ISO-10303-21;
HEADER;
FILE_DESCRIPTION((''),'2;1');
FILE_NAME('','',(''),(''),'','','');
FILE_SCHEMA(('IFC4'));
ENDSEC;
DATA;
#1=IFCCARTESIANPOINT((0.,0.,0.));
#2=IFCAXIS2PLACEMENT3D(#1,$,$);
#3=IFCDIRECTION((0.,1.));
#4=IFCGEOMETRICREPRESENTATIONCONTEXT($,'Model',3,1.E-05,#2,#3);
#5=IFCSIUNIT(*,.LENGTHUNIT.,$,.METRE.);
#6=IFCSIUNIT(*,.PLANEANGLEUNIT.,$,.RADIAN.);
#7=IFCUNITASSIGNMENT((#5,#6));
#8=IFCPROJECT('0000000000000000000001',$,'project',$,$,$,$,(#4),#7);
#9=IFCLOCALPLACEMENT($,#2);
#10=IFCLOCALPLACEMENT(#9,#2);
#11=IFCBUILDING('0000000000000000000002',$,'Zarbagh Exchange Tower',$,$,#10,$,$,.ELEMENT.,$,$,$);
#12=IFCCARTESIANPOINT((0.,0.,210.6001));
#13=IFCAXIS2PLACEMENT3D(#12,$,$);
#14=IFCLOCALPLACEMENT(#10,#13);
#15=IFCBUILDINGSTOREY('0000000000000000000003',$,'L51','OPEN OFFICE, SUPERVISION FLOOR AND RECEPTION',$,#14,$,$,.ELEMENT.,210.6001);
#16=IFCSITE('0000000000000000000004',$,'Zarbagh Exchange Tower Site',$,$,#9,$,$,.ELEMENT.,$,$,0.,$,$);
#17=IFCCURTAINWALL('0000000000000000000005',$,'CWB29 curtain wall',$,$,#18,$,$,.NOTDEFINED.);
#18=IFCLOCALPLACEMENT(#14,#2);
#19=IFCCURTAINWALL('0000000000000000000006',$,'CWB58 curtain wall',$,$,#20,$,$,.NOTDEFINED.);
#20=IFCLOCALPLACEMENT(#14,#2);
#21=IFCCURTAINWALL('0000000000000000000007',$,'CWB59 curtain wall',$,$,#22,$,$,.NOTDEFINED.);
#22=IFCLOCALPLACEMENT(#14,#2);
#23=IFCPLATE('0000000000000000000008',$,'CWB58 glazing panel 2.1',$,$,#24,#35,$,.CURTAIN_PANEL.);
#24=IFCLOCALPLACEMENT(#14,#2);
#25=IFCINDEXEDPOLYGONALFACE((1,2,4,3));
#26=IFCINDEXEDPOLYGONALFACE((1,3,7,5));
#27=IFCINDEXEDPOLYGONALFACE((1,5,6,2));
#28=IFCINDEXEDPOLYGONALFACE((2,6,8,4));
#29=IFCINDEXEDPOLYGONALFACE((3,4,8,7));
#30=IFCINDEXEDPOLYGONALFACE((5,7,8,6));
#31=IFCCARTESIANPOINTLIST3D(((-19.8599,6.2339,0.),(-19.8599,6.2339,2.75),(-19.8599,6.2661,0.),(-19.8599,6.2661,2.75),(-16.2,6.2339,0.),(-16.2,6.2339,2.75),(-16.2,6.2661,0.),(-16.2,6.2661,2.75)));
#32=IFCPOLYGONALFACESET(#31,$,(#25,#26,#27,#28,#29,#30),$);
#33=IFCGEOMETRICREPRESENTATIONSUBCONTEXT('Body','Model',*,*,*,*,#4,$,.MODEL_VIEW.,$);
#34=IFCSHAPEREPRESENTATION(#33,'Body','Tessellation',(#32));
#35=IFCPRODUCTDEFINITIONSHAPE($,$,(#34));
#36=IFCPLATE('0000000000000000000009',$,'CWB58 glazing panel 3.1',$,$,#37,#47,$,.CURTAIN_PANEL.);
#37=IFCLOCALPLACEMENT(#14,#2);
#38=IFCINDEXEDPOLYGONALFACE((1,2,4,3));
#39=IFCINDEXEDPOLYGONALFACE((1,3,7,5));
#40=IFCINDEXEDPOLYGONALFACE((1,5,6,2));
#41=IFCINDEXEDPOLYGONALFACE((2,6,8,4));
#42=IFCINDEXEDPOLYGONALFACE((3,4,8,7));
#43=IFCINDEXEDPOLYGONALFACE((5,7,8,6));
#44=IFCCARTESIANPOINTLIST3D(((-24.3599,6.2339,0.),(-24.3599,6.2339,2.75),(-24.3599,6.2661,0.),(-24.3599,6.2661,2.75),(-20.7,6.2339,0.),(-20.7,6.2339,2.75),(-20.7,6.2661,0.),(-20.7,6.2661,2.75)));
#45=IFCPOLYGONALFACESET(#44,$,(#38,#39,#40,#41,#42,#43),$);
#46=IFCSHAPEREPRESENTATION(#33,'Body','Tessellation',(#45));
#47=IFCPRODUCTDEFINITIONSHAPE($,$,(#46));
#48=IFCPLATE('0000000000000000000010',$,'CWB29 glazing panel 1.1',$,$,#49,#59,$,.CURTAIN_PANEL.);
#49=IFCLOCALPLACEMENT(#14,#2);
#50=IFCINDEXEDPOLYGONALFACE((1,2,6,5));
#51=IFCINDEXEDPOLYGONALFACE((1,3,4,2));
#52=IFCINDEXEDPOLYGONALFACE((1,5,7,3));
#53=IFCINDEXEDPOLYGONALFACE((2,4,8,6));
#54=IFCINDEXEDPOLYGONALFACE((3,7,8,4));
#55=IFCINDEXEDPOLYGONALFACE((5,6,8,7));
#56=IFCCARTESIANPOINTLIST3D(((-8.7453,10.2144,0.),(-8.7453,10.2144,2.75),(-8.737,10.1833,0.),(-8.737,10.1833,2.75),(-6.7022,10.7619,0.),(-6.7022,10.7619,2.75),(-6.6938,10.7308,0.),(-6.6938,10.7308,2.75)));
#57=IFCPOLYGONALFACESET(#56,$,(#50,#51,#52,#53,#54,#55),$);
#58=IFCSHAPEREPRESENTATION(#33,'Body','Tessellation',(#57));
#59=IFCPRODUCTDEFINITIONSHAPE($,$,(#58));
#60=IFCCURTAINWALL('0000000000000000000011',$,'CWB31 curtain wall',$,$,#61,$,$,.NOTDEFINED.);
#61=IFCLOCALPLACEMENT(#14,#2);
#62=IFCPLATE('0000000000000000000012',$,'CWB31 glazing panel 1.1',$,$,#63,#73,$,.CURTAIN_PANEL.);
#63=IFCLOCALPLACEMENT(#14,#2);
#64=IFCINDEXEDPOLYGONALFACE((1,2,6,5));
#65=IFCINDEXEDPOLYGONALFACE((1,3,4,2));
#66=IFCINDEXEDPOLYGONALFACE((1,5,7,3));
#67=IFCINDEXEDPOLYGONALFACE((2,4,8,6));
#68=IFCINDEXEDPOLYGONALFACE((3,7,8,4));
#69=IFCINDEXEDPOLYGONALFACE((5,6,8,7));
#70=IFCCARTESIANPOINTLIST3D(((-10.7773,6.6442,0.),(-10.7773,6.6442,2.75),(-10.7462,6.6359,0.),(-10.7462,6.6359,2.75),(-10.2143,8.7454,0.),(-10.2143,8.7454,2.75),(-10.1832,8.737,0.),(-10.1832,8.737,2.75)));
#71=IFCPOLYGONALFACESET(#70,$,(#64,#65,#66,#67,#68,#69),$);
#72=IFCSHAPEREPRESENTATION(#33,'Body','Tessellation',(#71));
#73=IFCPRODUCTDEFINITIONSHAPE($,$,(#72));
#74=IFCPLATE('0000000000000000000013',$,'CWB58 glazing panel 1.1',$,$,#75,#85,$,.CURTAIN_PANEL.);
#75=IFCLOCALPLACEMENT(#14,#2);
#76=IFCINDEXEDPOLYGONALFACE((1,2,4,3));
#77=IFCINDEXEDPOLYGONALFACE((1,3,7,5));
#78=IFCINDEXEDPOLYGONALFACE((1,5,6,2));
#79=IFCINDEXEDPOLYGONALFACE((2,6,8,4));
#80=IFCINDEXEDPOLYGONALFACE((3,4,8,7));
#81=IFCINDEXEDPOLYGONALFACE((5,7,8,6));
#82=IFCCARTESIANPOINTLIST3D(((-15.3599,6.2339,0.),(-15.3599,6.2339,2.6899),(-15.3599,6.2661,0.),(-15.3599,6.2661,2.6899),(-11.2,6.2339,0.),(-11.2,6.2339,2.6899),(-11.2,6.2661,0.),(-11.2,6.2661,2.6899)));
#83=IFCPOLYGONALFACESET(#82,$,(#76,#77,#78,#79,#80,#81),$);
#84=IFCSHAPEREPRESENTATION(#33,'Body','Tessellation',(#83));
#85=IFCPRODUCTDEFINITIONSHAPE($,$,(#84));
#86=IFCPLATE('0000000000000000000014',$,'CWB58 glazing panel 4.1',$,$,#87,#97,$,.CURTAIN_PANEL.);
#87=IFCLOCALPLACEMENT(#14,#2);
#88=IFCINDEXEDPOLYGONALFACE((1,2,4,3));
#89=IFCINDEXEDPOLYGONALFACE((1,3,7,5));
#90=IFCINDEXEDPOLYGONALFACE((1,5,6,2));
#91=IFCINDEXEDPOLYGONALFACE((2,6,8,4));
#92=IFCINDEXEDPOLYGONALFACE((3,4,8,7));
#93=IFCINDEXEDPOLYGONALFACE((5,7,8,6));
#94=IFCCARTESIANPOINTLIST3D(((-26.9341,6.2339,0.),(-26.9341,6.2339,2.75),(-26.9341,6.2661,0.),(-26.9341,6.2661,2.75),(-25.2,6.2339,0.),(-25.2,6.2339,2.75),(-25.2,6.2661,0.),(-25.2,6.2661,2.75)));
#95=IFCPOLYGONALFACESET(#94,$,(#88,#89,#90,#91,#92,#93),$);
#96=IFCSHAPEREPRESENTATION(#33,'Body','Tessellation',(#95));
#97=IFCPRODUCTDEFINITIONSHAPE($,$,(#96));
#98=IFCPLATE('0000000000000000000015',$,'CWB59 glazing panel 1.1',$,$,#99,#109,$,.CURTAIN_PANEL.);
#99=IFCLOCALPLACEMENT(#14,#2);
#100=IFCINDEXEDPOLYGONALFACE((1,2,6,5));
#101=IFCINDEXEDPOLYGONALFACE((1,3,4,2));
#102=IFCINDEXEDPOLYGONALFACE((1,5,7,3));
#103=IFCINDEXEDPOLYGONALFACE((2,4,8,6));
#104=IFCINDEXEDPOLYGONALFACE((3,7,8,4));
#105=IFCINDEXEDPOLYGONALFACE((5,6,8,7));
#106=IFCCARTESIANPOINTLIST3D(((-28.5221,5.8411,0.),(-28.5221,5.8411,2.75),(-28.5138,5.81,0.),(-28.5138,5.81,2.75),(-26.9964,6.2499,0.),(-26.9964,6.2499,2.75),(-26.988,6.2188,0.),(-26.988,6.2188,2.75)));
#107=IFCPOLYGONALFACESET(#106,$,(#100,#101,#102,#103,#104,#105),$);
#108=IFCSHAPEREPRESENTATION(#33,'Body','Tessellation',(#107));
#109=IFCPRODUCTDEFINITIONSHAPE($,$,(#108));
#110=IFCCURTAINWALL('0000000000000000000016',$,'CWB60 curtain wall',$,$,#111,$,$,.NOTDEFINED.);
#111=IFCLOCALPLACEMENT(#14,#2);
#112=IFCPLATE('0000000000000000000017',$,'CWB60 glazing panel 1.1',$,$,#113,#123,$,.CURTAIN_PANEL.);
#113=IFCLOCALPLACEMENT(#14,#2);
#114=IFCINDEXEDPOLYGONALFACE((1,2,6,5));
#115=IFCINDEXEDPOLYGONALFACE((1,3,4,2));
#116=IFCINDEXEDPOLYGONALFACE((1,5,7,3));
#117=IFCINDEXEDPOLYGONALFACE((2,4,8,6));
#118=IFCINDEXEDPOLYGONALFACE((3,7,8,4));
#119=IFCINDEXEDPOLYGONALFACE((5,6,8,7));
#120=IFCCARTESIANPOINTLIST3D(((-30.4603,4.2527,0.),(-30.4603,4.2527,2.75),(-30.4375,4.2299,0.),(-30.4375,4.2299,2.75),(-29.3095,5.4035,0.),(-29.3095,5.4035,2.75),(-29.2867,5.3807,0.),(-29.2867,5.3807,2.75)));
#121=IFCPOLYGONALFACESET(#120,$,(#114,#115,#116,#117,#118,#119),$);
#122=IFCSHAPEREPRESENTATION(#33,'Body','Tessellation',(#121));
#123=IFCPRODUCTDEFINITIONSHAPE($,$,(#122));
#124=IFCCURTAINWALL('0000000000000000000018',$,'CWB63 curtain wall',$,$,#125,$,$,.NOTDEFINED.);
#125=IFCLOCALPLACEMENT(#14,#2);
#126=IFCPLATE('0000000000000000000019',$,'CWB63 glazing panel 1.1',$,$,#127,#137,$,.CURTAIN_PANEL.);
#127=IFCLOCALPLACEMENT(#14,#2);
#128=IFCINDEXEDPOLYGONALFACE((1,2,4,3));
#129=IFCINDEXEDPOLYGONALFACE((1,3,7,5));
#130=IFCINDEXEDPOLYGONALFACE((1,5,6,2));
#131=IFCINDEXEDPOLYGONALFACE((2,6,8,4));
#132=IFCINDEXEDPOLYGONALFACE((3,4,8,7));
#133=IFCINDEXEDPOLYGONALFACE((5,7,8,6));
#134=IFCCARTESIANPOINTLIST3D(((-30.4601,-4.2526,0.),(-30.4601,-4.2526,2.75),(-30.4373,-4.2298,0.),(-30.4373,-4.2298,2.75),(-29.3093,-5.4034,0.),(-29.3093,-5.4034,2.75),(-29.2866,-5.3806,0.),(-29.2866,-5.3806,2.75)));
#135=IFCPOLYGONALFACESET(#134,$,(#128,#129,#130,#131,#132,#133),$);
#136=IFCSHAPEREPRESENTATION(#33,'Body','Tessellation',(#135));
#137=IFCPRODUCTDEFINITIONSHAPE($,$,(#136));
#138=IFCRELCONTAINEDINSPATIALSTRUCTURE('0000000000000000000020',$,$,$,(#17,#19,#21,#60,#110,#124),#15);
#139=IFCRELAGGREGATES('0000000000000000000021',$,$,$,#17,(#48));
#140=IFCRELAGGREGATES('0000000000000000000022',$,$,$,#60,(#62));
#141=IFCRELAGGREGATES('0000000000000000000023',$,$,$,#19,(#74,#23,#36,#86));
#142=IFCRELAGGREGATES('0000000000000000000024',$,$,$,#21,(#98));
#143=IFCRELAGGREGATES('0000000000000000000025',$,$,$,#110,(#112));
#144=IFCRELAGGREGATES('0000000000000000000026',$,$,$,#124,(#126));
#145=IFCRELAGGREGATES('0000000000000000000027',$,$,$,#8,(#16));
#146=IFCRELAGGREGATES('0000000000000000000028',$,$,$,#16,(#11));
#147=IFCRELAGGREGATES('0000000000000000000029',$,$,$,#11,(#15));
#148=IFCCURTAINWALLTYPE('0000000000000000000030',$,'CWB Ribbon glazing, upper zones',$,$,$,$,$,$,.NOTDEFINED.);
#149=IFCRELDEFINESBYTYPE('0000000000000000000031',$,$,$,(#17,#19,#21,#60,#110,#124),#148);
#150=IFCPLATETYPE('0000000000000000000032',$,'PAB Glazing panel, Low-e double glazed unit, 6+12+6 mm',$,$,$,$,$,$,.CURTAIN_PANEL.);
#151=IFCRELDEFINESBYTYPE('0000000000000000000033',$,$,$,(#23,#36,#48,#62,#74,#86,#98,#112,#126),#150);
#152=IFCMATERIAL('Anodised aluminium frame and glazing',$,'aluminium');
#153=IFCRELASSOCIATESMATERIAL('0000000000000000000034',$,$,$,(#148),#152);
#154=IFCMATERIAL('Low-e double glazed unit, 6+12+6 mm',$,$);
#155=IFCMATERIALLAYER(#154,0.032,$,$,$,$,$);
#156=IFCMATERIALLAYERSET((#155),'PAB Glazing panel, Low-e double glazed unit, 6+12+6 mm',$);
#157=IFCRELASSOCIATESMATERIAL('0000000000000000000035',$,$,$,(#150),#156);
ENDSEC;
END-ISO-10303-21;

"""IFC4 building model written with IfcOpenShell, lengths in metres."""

from ifc_helpers import new_model, si_unit, direction, frame, origin, place, context, subcontext, project, spatial, polyline, outline, extrude, source, transform, mapped, material, layer, layer_set, type_object, element, aggregate, save


model = new_model("IFC4")

# Units and contexts
model_context = context("Model", 3, precision=1e-05, world=origin(), true_north=direction((0.0, 1.0)))
body_context = subcontext(model_context, "Body", "Model", "MODEL_VIEW")
ifc_project = project(units=[si_unit("LENGTHUNIT", "METRE"), si_unit("PLANEANGLEUNIT", "RADIAN")], contexts=[model_context])

# Site, building, storey
site_placement = place(None, origin())
site = spatial("IfcSite", under=ifc_project, at=site_placement, Name="Zarbagh Exchange Tower Site", CompositionType="ELEMENT", RefElevation=0.0)
building_placement = place(site_placement, origin())
building = spatial("IfcBuilding", under=site, at=building_placement, Name="Zarbagh Exchange Tower", CompositionType="ELEMENT")
storey_placement = place(building_placement, frame((0.0, 0.0, 210.6001)))
storey = spatial("IfcBuildingStorey", under=building, at=storey_placement, Name="L51", Description="OPEN OFFICE, SUPERVISION FLOOR AND RECEPTION", CompositionType="ELEMENT", Elevation=210.6001)

# Curtain wall
ifc_material_1 = material(Name="Anodised aluminium frame and glazing", Category="aluminium")
curtain_wall_type = type_object("IfcCurtainWallType", Name="CWB Ribbon glazing, upper zones", PredefinedType="NOTDEFINED", material=ifc_material_1)
curtain_wall_1_placement = place(storey_placement, origin())
curtain_wall_1 = element("IfcCurtainWall", 1, at=curtain_wall_1_placement, inside=storey, type_object=curtain_wall_type, Name="CWB29 curtain wall", PredefinedType="NOTDEFINED")
placement = place(storey_placement, origin())

# Curtain wall
curtain_wall_2_placement = place(storey_placement, origin())
curtain_wall_2 = element("IfcCurtainWall", 2, at=curtain_wall_2_placement, inside=storey, type_object=curtain_wall_type, Name="CWB58 curtain wall", PredefinedType="NOTDEFINED")

# Curtain wall
curtain_wall_3_placement = place(storey_placement, origin())
curtain_wall_3 = element("IfcCurtainWall", 3, at=curtain_wall_3_placement, inside=storey, type_object=curtain_wall_type, Name="CWB59 curtain wall", PredefinedType="NOTDEFINED")

# Shared definitions
ifc_material_2 = material(Name="Low-e double glazed unit, 6+12+6 mm")
ifc_layer = layer(ifc_material_2, 0.032)
ifc_layer_set = layer_set([ifc_layer], Name="PAB Glazing panel, Low-e double glazed unit, 6+12+6 mm")
plate_type = type_object("IfcPlateType", Name="PAB Glazing panel, Low-e double glazed unit, 6+12+6 mm", PredefinedType="CURTAIN_PANEL", material=ifc_layer_set)

# Plates
shared_shape_1 = source(origin(), body_context, "Body", "SweptSolid", [
    extrude(outline(polyline([(0.0, -0.0161), (3.6599, -0.0161), (3.6599, 0.0161), (0.0, 0.0161), (0.0, -0.0161)])), origin(), (0.0, 0.0, 1.0), 2.75),
])
plate_1 = element("IfcPlate", 4, at=placement, type_object=plate_type, Name="CWB58 glazing panel 2.1", PredefinedType="CURTAIN_PANEL", context=body_context, shape_type="MappedRepresentation", body=[
    mapped(shared_shape_1, transform((-16.2, 6.25, 0.0), x_axis=(-1.0, 0.0, 0.0), y_axis=(0.0, -1.0, 0.0), z_axis=(0.0, 0.0, 1.0))),
])
plate_2 = element("IfcPlate", 5, at=placement, type_object=plate_type, Name="CWB58 glazing panel 3.1", PredefinedType="CURTAIN_PANEL", context=body_context, shape_type="MappedRepresentation", body=[
    mapped(shared_shape_1, transform((-20.7, 6.25, 0.0), x_axis=(-1.0, 0.0, 0.0), y_axis=(0.0, -1.0, 0.0), z_axis=(0.0, 0.0, 1.0))),
])
shared_shape_2 = source(origin(), body_context, "Body", "SweptSolid", [
    extrude(outline(polyline([(0.0, -0.0161), (2.1152, -0.0161), (2.1152, 0.0161), (0.0, 0.0161), (0.0, -0.0161)])), origin(), (0.0, 0.0, 1.0), 2.75),
])
plate_3 = element("IfcPlate", 6, at=placement, type_object=plate_type, Name="CWB29 glazing panel 1.1", PredefinedType="CURTAIN_PANEL", context=body_context, shape_type="MappedRepresentation", body=[
    mapped(shared_shape_2, transform((-6.698, 10.7463, 0.0), x_axis=(-0.965924, -0.258825, 0.0), y_axis=(0.258825, -0.965924, 0.0), z_axis=(0.0, 0.0, 1.0))),
])
aggregate(curtain_wall_1, [plate_3])

# Curtain wall, plate
curtain_wall_4_placement = place(storey_placement, origin())
curtain_wall_4 = element("IfcCurtainWall", 7, at=curtain_wall_4_placement, inside=storey, type_object=curtain_wall_type, Name="CWB31 curtain wall", PredefinedType="NOTDEFINED")
shared_shape_3 = source(origin(), body_context, "Body", "SweptSolid", [
    extrude(outline(polyline([(0.0, -0.0161), (2.1753, -0.0161), (2.1753, 0.0161), (0.0, 0.0161), (0.0, -0.0161)])), origin(), (0.0, 0.0, 1.0), 2.75),
])
plate_4 = element("IfcPlate", 8, at=placement, type_object=plate_type, Name="CWB31 glazing panel 1.1", PredefinedType="CURTAIN_PANEL", context=body_context, shape_type="MappedRepresentation", body=[
    mapped(shared_shape_3, transform((-10.1987, 8.7412, 0.0), x_axis=(-0.258825, -0.965924, 0.0), y_axis=(0.965924, -0.258825, 0.0), z_axis=(0.0, 0.0, 1.0))),
])
aggregate(curtain_wall_4, [plate_4])

# Plates
shared_shape_4 = source(origin(), body_context, "Body", "SweptSolid", [
    extrude(outline(polyline([(0.0, -0.0161), (4.1599, -0.0161), (4.1599, 0.0161), (0.0, 0.0161), (0.0, -0.0161)])), origin(), (0.0, 0.0, 1.0), 2.6899),
])
plate_5 = element("IfcPlate", 9, at=placement, type_object=plate_type, Name="CWB58 glazing panel 1.1", PredefinedType="CURTAIN_PANEL", context=body_context, shape_type="MappedRepresentation", body=[
    mapped(shared_shape_4, transform((-11.2, 6.25, 0.0), x_axis=(-1.0, 0.0, 0.0), y_axis=(0.0, -1.0, 0.0), z_axis=(0.0, 0.0, 1.0))),
])
shared_shape_5 = source(origin(), body_context, "Body", "SweptSolid", [
    extrude(outline(polyline([(0.0, -0.0161), (1.7341, -0.0161), (1.7341, 0.0161), (0.0, 0.0161), (0.0, -0.0161)])), origin(), (0.0, 0.0, 1.0), 2.75),
])
plate_6 = element("IfcPlate", 10, at=placement, type_object=plate_type, Name="CWB58 glazing panel 4.1", PredefinedType="CURTAIN_PANEL", context=body_context, shape_type="MappedRepresentation", body=[
    mapped(shared_shape_5, transform((-25.2, 6.25, 0.0), x_axis=(-1.0, 0.0, 0.0), y_axis=(0.0, -1.0, 0.0), z_axis=(0.0, 0.0, 1.0))),
])
aggregate(curtain_wall_2, [plate_5, plate_1, plate_2, plate_6])
shared_shape_6 = source(origin(), body_context, "Body", "SweptSolid", [
    extrude(outline(polyline([(0.0, -0.0161), (1.5796, -0.0161), (1.5796, 0.0161), (0.0, 0.0161), (0.0, -0.0161)])), origin(), (0.0, 0.0, 1.0), 2.75),
])
plate_7 = element("IfcPlate", 11, at=placement, type_object=plate_type, Name="CWB59 glazing panel 1.1", PredefinedType="CURTAIN_PANEL", context=body_context, shape_type="MappedRepresentation", body=[
    mapped(shared_shape_6, transform((-26.9922, 6.2344, 0.0), x_axis=(-0.965924, -0.258825, 0.0), y_axis=(0.258825, -0.965924, 0.0), z_axis=(0.0, 0.0, 1.0))),
])
aggregate(curtain_wall_3, [plate_7])

# Curtain walls, plates
curtain_wall_5_placement = place(storey_placement, origin())
curtain_wall_5 = element("IfcCurtainWall", 12, at=curtain_wall_5_placement, inside=storey, type_object=curtain_wall_type, Name="CWB60 curtain wall", PredefinedType="NOTDEFINED")
shared_shape_7 = source(origin(), body_context, "Body", "SweptSolid", [
    extrude(outline(polyline([(0.0, -0.0161), (1.6274, -0.0161), (1.6274, 0.0161), (0.0, 0.0161), (0.0, -0.0161)])), origin(), (0.0, 0.0, 1.0), 2.75),
])
plate_8 = element("IfcPlate", 13, at=placement, type_object=plate_type, Name="CWB60 glazing panel 1.1", PredefinedType="CURTAIN_PANEL", context=body_context, shape_type="MappedRepresentation", body=[
    mapped(shared_shape_7, transform((-29.2981, 5.3921, 0.0), x_axis=(-0.707107, -0.707107, 0.0), y_axis=(0.707107, -0.707107, 0.0), z_axis=(0.0, 0.0, 1.0))),
])
aggregate(curtain_wall_5, [plate_8])
curtain_wall_6_placement = place(storey_placement, origin())
curtain_wall_6 = element("IfcCurtainWall", 14, at=curtain_wall_6_placement, inside=storey, type_object=curtain_wall_type, Name="CWB63 curtain wall", PredefinedType="NOTDEFINED")
plate_9 = element("IfcPlate", 15, at=placement, type_object=plate_type, Name="CWB63 glazing panel 1.1", PredefinedType="CURTAIN_PANEL", context=body_context, shape_type="MappedRepresentation", body=[
    mapped(shared_shape_7, transform((-30.4487, -4.2412, 0.0), x_axis=(0.707107, -0.707107, 0.0), y_axis=(0.707107, 0.707107, 0.0), z_axis=(0.0, 0.0, 1.0))),
])
aggregate(curtain_wall_6, [plate_9])

save(model, "model.ifc")
